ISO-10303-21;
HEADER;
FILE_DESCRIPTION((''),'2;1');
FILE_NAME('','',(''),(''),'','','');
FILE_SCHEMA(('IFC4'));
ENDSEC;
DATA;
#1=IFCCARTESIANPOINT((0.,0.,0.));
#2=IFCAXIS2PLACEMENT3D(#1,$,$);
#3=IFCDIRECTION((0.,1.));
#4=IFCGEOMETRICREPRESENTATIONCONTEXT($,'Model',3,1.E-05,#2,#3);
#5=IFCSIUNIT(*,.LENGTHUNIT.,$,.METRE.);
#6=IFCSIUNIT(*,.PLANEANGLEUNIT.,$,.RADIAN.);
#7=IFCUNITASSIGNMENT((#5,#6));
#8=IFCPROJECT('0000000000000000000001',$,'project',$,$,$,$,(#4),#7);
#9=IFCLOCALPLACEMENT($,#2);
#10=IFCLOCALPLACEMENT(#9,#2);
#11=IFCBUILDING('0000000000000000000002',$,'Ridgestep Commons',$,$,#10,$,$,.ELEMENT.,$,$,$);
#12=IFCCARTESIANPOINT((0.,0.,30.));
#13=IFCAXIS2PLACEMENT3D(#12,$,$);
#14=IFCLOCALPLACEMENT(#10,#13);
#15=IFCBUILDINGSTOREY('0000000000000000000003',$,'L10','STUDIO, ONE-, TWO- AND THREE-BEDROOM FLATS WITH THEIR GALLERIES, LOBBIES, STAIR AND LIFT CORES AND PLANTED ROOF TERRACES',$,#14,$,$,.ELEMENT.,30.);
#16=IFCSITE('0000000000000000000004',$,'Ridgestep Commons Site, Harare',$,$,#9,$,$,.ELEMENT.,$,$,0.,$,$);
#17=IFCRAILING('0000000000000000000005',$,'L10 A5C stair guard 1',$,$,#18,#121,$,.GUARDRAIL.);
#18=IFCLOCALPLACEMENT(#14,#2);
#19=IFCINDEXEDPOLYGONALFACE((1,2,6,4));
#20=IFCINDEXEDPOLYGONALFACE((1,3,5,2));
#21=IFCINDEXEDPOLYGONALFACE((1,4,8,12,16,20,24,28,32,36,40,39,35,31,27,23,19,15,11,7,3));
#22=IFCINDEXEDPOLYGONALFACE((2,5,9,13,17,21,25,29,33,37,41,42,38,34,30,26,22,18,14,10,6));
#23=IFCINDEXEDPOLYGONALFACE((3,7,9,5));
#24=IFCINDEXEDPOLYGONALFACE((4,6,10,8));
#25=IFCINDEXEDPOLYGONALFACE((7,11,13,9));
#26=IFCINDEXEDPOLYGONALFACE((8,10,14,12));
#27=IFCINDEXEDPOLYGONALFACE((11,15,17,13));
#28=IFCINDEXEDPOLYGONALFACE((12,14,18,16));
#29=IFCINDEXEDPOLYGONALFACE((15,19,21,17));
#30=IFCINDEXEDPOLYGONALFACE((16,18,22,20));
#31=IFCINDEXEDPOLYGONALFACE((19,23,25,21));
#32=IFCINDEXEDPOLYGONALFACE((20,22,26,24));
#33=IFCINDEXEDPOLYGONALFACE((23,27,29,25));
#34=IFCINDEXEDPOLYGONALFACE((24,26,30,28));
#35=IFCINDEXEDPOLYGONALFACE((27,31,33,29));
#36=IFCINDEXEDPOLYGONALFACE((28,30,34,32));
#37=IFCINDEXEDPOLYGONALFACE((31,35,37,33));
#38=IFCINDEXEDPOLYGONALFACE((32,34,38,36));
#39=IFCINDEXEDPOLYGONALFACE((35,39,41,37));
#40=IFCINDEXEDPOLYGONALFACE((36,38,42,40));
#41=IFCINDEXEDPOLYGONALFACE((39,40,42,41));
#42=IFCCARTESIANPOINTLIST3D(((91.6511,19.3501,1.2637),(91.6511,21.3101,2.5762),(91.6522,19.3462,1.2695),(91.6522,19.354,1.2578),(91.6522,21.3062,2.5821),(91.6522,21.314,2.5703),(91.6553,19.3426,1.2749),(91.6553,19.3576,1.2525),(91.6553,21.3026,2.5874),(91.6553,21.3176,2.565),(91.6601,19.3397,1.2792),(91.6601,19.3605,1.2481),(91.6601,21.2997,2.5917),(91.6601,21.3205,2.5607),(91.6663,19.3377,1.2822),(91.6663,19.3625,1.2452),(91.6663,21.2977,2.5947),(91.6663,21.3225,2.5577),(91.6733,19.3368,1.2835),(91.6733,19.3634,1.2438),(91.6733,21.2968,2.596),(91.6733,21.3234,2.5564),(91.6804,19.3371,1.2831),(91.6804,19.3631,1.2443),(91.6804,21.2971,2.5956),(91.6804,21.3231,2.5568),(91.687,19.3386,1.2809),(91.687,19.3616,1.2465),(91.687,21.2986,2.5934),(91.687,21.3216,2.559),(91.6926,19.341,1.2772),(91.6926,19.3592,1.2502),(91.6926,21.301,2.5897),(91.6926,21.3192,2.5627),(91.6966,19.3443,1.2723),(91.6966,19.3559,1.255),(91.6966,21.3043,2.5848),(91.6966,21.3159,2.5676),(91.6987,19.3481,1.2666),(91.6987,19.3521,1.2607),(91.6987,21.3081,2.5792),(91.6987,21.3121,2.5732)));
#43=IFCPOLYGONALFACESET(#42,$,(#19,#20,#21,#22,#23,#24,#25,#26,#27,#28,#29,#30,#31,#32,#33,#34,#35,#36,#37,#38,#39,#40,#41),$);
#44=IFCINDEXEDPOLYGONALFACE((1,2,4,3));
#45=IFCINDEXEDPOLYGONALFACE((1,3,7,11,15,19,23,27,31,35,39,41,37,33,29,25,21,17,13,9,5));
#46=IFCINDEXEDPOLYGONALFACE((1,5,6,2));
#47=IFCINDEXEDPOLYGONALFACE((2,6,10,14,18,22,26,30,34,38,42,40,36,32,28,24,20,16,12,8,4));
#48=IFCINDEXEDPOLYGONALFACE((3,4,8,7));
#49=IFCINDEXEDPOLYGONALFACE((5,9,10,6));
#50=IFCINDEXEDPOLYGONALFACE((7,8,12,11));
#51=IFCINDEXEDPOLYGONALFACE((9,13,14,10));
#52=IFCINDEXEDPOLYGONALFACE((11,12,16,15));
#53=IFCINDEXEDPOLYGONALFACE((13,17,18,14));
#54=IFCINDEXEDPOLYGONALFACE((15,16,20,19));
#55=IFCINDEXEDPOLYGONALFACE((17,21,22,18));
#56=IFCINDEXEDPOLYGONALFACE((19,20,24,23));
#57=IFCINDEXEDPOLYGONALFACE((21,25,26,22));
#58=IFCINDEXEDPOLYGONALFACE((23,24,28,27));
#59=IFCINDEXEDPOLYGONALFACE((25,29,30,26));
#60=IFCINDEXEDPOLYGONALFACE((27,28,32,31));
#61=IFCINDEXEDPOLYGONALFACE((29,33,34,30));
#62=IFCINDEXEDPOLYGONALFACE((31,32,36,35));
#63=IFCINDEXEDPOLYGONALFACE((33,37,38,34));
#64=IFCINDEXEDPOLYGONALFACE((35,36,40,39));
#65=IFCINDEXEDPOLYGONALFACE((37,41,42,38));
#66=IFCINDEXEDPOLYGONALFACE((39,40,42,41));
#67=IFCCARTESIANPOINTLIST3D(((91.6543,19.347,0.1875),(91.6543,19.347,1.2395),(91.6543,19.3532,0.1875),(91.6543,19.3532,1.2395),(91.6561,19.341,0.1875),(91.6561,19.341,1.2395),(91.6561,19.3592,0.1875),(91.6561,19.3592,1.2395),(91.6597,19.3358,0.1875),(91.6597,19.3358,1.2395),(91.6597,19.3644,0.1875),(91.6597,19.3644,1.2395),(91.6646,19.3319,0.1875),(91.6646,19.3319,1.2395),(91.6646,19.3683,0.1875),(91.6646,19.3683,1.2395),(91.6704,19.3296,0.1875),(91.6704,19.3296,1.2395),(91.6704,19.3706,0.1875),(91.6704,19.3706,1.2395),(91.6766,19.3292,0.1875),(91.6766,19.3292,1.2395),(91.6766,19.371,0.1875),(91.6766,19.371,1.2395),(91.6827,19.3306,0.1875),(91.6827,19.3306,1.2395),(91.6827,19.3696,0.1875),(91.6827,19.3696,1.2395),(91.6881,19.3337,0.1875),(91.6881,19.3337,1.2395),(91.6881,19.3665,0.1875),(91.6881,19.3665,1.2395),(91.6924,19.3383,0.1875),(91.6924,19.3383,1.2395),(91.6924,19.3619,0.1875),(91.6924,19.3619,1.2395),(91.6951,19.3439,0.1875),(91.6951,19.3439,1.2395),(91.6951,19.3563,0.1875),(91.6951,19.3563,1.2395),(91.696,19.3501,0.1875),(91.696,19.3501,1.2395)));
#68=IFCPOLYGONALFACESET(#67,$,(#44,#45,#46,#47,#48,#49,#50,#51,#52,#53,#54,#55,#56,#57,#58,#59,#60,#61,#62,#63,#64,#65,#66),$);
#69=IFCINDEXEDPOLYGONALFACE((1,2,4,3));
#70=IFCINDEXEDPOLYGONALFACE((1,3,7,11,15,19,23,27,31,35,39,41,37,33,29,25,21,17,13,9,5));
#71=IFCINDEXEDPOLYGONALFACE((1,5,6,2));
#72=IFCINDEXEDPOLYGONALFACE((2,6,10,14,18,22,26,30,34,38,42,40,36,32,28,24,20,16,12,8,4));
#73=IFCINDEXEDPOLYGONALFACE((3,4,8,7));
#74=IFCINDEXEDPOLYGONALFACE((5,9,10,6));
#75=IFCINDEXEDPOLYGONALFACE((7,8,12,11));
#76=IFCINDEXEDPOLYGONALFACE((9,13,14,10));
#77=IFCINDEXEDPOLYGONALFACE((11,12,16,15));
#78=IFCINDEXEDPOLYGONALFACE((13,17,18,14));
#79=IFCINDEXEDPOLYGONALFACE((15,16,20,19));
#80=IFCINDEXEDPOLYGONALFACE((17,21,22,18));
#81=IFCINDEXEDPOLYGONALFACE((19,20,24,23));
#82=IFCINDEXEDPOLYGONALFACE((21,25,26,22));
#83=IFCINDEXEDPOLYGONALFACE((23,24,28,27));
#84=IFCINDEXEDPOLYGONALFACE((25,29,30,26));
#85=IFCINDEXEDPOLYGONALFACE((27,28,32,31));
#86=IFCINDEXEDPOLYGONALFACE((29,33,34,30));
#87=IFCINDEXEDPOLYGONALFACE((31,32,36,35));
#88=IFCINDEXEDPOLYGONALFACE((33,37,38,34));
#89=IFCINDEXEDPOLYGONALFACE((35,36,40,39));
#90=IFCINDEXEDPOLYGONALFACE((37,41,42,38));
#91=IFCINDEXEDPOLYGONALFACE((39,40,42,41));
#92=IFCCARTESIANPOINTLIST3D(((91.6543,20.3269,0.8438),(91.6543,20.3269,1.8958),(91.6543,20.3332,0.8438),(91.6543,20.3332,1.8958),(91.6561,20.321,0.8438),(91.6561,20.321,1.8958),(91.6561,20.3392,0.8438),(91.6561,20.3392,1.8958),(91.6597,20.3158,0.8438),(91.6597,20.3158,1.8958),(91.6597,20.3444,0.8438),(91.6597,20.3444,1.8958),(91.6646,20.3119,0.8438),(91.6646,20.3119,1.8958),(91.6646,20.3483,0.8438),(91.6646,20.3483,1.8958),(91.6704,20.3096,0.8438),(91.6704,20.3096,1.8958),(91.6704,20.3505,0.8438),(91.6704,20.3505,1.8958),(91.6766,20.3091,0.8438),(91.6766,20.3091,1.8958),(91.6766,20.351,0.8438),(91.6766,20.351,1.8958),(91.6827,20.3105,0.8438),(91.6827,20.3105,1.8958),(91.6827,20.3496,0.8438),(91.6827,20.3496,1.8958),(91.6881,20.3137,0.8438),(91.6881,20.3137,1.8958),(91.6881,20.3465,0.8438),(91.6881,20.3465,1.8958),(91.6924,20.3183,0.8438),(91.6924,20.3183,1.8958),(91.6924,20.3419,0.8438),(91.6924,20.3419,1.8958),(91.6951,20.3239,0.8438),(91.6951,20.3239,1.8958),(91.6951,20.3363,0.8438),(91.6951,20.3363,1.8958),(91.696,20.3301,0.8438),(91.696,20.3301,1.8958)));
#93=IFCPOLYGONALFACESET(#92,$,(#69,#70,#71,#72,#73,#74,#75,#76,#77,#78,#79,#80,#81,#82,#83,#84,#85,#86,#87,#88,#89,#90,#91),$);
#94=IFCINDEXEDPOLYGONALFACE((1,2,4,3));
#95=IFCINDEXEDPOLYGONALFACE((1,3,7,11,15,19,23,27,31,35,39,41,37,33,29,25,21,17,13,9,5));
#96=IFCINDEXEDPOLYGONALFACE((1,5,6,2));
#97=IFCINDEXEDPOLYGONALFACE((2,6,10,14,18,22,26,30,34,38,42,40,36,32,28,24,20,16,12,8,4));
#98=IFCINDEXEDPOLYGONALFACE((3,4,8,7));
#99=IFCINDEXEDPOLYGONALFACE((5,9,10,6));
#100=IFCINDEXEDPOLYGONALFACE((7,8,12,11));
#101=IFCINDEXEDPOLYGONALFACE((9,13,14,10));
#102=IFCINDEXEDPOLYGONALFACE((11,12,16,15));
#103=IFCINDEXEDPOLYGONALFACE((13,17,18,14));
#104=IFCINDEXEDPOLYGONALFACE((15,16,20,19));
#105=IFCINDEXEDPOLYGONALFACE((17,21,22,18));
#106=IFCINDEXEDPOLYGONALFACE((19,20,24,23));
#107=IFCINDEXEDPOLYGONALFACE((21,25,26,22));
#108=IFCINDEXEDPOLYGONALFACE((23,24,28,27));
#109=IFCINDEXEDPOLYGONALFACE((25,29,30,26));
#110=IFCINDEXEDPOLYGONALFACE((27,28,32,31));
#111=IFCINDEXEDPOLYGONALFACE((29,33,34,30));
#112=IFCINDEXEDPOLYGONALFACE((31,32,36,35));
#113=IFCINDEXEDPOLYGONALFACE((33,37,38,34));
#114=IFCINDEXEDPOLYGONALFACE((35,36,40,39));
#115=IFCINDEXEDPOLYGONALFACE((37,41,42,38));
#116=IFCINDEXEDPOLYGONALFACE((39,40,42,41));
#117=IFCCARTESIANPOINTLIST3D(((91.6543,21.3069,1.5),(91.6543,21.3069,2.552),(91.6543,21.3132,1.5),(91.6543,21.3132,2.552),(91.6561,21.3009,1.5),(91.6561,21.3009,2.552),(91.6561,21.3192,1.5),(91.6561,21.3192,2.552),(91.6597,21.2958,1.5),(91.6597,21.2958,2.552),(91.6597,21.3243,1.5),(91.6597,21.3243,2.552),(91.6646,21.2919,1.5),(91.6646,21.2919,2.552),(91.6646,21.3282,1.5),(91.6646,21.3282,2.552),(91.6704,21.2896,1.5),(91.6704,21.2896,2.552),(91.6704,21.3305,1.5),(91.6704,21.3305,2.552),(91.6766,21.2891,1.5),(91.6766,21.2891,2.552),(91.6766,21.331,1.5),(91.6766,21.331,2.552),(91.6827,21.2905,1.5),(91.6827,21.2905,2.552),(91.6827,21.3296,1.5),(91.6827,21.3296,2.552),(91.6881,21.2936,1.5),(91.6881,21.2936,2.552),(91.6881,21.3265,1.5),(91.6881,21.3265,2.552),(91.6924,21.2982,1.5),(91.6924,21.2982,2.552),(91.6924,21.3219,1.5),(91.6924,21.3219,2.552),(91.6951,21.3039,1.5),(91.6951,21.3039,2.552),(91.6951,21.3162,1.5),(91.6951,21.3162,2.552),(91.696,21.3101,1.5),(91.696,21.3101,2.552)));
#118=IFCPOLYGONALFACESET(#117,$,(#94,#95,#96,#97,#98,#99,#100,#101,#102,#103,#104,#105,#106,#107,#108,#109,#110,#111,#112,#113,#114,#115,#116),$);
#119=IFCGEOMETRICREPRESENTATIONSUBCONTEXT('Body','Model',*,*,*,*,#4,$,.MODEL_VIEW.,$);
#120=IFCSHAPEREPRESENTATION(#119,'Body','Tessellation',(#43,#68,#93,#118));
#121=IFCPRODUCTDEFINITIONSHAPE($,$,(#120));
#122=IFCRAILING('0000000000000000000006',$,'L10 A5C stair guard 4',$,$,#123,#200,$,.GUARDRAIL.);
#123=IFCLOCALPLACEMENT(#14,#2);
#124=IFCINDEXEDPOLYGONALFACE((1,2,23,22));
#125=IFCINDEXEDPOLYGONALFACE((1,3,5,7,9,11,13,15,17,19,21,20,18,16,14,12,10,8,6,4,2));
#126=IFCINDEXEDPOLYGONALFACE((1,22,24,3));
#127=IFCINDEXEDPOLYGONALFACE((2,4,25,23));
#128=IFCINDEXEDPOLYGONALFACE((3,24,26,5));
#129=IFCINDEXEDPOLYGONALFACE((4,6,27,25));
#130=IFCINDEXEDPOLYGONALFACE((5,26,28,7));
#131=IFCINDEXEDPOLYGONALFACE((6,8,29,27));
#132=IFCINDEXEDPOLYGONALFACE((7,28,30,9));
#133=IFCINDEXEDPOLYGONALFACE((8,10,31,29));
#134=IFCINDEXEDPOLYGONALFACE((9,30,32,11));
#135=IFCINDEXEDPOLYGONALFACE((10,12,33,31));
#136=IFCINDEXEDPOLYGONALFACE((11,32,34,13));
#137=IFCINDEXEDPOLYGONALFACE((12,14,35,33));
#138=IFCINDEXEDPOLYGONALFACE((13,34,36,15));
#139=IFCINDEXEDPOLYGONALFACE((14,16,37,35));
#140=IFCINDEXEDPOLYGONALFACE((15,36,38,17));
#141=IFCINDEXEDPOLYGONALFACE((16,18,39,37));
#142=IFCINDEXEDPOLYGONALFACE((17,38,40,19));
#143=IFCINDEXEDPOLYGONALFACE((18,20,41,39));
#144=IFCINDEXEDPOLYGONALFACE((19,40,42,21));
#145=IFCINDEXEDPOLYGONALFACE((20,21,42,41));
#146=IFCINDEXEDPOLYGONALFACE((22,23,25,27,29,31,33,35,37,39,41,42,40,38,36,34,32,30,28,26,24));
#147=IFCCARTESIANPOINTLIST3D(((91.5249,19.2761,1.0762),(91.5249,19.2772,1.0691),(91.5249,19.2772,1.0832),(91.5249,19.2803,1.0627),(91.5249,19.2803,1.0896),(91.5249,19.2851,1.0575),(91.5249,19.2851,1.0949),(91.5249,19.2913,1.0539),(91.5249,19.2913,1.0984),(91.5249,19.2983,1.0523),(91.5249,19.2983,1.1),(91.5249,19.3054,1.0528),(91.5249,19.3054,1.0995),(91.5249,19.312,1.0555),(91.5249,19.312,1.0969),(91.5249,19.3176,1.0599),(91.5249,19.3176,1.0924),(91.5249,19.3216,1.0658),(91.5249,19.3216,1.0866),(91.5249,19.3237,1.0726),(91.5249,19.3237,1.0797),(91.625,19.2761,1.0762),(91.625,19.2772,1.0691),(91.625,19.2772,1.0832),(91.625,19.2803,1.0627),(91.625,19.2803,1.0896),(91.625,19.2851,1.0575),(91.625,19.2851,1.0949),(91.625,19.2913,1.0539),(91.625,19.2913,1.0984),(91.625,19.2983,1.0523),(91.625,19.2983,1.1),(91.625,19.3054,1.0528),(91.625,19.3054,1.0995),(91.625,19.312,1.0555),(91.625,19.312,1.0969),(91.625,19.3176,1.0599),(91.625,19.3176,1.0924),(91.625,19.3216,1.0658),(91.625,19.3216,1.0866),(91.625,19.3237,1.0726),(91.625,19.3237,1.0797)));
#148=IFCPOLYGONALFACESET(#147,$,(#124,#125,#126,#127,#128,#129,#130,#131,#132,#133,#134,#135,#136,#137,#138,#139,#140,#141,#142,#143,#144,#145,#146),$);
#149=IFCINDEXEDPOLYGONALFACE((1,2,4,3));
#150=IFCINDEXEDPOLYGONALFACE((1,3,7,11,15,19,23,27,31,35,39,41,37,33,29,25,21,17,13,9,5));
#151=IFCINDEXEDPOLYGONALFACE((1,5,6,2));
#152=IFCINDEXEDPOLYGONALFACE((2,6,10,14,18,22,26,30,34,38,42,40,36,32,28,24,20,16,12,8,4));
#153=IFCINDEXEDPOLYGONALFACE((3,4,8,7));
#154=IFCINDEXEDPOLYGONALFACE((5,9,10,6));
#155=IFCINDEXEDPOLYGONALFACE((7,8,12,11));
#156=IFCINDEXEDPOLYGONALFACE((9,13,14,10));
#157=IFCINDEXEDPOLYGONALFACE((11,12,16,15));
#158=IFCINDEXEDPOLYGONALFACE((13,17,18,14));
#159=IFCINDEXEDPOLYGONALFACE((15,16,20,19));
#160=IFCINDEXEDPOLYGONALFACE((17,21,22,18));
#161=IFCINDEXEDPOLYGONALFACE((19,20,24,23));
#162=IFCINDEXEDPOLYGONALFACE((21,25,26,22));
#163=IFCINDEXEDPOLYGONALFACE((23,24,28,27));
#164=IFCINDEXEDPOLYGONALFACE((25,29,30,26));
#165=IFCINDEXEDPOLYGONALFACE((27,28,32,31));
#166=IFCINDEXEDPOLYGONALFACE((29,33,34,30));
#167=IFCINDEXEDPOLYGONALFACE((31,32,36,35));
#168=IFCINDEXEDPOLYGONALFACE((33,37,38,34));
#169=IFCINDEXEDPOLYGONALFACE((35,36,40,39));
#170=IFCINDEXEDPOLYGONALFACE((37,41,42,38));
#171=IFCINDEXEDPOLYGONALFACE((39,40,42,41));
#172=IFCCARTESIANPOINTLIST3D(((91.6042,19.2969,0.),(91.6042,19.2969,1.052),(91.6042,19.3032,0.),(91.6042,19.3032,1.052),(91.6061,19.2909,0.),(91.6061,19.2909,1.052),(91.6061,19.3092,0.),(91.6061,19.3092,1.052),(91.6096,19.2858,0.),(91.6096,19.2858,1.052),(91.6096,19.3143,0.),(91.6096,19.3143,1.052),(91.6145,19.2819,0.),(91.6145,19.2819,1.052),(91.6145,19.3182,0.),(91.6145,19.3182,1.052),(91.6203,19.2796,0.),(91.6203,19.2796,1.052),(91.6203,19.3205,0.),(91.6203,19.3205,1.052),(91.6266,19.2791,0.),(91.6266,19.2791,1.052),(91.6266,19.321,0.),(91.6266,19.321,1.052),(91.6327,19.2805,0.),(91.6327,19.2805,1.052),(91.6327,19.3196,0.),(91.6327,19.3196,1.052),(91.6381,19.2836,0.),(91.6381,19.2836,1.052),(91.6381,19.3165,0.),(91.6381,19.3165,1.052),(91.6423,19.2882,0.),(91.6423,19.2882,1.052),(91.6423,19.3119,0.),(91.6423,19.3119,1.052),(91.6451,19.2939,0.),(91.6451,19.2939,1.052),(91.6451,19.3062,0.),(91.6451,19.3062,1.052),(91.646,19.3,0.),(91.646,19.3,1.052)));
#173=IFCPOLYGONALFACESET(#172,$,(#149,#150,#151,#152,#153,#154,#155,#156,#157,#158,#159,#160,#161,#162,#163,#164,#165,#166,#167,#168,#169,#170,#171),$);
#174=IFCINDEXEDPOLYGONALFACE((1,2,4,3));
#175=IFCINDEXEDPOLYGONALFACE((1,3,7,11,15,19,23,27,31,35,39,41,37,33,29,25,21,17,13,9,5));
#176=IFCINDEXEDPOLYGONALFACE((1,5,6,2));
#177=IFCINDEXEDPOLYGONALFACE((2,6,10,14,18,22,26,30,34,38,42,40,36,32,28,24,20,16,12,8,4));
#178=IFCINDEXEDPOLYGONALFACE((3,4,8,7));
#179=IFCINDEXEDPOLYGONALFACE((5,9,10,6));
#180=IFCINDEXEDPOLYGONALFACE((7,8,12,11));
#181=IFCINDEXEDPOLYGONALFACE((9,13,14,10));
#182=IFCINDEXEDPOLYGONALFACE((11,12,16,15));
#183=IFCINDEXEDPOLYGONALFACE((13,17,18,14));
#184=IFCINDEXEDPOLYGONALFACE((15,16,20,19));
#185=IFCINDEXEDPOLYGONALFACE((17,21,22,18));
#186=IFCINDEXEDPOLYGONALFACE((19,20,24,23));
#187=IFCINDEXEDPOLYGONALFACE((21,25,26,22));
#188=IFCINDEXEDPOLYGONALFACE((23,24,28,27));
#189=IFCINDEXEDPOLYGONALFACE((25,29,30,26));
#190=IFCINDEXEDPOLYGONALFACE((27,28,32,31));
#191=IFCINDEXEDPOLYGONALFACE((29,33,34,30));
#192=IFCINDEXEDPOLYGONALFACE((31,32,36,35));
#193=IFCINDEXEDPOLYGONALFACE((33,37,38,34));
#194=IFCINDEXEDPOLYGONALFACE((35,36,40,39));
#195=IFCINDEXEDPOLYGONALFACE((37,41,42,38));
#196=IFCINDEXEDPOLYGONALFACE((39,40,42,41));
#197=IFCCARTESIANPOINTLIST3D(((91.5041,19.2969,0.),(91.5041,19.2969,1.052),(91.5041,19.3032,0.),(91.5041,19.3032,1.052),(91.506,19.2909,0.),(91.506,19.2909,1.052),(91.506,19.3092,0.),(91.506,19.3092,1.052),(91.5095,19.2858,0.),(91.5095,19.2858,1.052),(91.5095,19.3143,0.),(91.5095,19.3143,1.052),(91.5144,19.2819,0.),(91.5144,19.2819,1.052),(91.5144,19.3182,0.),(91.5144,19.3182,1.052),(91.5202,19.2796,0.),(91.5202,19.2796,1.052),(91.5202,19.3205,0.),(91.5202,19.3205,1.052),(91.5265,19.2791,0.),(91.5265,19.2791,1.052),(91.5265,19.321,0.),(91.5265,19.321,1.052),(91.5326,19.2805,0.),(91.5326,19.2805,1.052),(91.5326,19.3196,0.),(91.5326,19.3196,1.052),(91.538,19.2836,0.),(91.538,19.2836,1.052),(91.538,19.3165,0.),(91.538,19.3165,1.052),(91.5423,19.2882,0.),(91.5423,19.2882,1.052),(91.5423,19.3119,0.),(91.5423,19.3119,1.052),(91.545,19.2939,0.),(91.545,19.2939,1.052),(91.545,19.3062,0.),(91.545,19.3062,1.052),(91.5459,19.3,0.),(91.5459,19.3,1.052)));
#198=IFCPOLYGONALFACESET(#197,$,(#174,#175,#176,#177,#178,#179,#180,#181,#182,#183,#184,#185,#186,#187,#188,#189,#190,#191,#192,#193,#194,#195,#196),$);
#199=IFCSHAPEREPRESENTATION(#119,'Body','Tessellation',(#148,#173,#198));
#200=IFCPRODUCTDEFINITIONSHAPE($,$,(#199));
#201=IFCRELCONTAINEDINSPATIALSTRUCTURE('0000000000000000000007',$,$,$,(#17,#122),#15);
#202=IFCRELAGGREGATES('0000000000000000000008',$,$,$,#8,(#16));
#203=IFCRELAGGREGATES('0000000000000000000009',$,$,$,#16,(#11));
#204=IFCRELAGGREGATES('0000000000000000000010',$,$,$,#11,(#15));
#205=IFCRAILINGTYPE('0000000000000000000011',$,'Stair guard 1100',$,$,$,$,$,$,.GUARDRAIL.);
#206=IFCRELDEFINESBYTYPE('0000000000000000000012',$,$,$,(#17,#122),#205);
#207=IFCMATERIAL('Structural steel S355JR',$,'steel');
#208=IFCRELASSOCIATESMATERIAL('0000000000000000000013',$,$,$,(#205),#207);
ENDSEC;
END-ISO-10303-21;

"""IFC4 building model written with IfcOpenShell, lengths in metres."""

from ifc_helpers import new_model, si_unit, direction, frame, origin, origin_2d, place, context, subcontext, project, spatial, circle, extrude, material, type_object, element, save


model = new_model("IFC4")

# Units and contexts
model_context = context("Model", 3, precision=1e-05, world=origin(), true_north=direction((0.0, 1.0)))
body_context = subcontext(model_context, "Body", "Model", "MODEL_VIEW")
ifc_project = project(units=[si_unit("LENGTHUNIT", "METRE"), si_unit("PLANEANGLEUNIT", "RADIAN")], contexts=[model_context])

# Site, building, storey
site_placement = place(None, origin())
site = spatial("IfcSite", under=ifc_project, at=site_placement, Name="Ridgestep Commons Site, Harare", CompositionType="ELEMENT", RefElevation=0.0)
building_placement = place(site_placement, origin())
building = spatial("IfcBuilding", under=site, at=building_placement, Name="Ridgestep Commons", CompositionType="ELEMENT")
storey_placement = place(building_placement, frame((0.0, 0.0, 30.0)))
storey = spatial("IfcBuildingStorey", under=building, at=storey_placement, Name="L10", Description="STUDIO, ONE-, TWO- AND THREE-BEDROOM FLATS WITH THEIR GALLERIES, LOBBIES, STAIR AND LIFT CORES AND PLANTED ROOF TERRACES", CompositionType="ELEMENT", Elevation=30.0)

# Railings
ifc_material_1 = material(Name="Structural steel S355JR", Category="steel")
railing_type_1 = type_object("IfcRailingType", Name="Stair guard 1100", PredefinedType="GUARDRAIL", material=ifc_material_1)
railing_1_placement = place(storey_placement, frame((91.675, 19.3501, 0.1875)))
element("IfcRailing", 1, at=railing_1_placement, inside=storey, type_object=railing_type_1, Name="L10 A5C stair guard 1", PredefinedType="GUARDRAIL", context=body_context, shape_type="SweptSolid", body=[
    extrude(circle(Radius=0.0239, at=origin_2d()), frame((0.0, 0.0, 1.0762), z_axis=(0.0, 0.830902, 0.556419), x_axis=(-1.0, 0.0, 0.0)), (0.0, 0.0, 1.0), 2.3589),
    extrude(circle(Radius=0.021, at=origin_2d()), origin(), (0.0, 0.0, 1.0), 1.052),
    extrude(circle(Radius=0.021, at=origin_2d()), frame((0.0, 0.98, 0.6562)), (0.0, 0.0, 1.0), 1.052),
    extrude(circle(Radius=0.021, at=origin_2d()), frame((0.0, 1.96, 1.3125)), (0.0, 0.0, 1.0), 1.052),
])
for number, where, name in (
    (2, (91.625, 19.3, 0.0), "L10 A5C stair guard 4"),
):
    element("IfcRailing", number, at=place(storey_placement, frame(where)), inside=storey, type_object=railing_type_1, Name=name, PredefinedType="GUARDRAIL", context=body_context, shape_type="SweptSolid", body=[
        extrude(circle(Radius=0.0239, at=origin_2d()), frame((0.0, 0.0, 1.0762), z_axis=(-1.0, 0.0, 0.0), x_axis=(0.0, -1.0, 0.0)), (0.0, 0.0, 1.0), 0.1001),
        extrude(circle(Radius=0.021, at=origin_2d()), origin(), (0.0, 0.0, 1.0), 1.052),
        extrude(circle(Radius=0.021, at=origin_2d()), frame((-0.1001, 0.0, 0.0)), (0.0, 0.0, 1.0), 1.052),
    ])

save(model, "model.ifc")
